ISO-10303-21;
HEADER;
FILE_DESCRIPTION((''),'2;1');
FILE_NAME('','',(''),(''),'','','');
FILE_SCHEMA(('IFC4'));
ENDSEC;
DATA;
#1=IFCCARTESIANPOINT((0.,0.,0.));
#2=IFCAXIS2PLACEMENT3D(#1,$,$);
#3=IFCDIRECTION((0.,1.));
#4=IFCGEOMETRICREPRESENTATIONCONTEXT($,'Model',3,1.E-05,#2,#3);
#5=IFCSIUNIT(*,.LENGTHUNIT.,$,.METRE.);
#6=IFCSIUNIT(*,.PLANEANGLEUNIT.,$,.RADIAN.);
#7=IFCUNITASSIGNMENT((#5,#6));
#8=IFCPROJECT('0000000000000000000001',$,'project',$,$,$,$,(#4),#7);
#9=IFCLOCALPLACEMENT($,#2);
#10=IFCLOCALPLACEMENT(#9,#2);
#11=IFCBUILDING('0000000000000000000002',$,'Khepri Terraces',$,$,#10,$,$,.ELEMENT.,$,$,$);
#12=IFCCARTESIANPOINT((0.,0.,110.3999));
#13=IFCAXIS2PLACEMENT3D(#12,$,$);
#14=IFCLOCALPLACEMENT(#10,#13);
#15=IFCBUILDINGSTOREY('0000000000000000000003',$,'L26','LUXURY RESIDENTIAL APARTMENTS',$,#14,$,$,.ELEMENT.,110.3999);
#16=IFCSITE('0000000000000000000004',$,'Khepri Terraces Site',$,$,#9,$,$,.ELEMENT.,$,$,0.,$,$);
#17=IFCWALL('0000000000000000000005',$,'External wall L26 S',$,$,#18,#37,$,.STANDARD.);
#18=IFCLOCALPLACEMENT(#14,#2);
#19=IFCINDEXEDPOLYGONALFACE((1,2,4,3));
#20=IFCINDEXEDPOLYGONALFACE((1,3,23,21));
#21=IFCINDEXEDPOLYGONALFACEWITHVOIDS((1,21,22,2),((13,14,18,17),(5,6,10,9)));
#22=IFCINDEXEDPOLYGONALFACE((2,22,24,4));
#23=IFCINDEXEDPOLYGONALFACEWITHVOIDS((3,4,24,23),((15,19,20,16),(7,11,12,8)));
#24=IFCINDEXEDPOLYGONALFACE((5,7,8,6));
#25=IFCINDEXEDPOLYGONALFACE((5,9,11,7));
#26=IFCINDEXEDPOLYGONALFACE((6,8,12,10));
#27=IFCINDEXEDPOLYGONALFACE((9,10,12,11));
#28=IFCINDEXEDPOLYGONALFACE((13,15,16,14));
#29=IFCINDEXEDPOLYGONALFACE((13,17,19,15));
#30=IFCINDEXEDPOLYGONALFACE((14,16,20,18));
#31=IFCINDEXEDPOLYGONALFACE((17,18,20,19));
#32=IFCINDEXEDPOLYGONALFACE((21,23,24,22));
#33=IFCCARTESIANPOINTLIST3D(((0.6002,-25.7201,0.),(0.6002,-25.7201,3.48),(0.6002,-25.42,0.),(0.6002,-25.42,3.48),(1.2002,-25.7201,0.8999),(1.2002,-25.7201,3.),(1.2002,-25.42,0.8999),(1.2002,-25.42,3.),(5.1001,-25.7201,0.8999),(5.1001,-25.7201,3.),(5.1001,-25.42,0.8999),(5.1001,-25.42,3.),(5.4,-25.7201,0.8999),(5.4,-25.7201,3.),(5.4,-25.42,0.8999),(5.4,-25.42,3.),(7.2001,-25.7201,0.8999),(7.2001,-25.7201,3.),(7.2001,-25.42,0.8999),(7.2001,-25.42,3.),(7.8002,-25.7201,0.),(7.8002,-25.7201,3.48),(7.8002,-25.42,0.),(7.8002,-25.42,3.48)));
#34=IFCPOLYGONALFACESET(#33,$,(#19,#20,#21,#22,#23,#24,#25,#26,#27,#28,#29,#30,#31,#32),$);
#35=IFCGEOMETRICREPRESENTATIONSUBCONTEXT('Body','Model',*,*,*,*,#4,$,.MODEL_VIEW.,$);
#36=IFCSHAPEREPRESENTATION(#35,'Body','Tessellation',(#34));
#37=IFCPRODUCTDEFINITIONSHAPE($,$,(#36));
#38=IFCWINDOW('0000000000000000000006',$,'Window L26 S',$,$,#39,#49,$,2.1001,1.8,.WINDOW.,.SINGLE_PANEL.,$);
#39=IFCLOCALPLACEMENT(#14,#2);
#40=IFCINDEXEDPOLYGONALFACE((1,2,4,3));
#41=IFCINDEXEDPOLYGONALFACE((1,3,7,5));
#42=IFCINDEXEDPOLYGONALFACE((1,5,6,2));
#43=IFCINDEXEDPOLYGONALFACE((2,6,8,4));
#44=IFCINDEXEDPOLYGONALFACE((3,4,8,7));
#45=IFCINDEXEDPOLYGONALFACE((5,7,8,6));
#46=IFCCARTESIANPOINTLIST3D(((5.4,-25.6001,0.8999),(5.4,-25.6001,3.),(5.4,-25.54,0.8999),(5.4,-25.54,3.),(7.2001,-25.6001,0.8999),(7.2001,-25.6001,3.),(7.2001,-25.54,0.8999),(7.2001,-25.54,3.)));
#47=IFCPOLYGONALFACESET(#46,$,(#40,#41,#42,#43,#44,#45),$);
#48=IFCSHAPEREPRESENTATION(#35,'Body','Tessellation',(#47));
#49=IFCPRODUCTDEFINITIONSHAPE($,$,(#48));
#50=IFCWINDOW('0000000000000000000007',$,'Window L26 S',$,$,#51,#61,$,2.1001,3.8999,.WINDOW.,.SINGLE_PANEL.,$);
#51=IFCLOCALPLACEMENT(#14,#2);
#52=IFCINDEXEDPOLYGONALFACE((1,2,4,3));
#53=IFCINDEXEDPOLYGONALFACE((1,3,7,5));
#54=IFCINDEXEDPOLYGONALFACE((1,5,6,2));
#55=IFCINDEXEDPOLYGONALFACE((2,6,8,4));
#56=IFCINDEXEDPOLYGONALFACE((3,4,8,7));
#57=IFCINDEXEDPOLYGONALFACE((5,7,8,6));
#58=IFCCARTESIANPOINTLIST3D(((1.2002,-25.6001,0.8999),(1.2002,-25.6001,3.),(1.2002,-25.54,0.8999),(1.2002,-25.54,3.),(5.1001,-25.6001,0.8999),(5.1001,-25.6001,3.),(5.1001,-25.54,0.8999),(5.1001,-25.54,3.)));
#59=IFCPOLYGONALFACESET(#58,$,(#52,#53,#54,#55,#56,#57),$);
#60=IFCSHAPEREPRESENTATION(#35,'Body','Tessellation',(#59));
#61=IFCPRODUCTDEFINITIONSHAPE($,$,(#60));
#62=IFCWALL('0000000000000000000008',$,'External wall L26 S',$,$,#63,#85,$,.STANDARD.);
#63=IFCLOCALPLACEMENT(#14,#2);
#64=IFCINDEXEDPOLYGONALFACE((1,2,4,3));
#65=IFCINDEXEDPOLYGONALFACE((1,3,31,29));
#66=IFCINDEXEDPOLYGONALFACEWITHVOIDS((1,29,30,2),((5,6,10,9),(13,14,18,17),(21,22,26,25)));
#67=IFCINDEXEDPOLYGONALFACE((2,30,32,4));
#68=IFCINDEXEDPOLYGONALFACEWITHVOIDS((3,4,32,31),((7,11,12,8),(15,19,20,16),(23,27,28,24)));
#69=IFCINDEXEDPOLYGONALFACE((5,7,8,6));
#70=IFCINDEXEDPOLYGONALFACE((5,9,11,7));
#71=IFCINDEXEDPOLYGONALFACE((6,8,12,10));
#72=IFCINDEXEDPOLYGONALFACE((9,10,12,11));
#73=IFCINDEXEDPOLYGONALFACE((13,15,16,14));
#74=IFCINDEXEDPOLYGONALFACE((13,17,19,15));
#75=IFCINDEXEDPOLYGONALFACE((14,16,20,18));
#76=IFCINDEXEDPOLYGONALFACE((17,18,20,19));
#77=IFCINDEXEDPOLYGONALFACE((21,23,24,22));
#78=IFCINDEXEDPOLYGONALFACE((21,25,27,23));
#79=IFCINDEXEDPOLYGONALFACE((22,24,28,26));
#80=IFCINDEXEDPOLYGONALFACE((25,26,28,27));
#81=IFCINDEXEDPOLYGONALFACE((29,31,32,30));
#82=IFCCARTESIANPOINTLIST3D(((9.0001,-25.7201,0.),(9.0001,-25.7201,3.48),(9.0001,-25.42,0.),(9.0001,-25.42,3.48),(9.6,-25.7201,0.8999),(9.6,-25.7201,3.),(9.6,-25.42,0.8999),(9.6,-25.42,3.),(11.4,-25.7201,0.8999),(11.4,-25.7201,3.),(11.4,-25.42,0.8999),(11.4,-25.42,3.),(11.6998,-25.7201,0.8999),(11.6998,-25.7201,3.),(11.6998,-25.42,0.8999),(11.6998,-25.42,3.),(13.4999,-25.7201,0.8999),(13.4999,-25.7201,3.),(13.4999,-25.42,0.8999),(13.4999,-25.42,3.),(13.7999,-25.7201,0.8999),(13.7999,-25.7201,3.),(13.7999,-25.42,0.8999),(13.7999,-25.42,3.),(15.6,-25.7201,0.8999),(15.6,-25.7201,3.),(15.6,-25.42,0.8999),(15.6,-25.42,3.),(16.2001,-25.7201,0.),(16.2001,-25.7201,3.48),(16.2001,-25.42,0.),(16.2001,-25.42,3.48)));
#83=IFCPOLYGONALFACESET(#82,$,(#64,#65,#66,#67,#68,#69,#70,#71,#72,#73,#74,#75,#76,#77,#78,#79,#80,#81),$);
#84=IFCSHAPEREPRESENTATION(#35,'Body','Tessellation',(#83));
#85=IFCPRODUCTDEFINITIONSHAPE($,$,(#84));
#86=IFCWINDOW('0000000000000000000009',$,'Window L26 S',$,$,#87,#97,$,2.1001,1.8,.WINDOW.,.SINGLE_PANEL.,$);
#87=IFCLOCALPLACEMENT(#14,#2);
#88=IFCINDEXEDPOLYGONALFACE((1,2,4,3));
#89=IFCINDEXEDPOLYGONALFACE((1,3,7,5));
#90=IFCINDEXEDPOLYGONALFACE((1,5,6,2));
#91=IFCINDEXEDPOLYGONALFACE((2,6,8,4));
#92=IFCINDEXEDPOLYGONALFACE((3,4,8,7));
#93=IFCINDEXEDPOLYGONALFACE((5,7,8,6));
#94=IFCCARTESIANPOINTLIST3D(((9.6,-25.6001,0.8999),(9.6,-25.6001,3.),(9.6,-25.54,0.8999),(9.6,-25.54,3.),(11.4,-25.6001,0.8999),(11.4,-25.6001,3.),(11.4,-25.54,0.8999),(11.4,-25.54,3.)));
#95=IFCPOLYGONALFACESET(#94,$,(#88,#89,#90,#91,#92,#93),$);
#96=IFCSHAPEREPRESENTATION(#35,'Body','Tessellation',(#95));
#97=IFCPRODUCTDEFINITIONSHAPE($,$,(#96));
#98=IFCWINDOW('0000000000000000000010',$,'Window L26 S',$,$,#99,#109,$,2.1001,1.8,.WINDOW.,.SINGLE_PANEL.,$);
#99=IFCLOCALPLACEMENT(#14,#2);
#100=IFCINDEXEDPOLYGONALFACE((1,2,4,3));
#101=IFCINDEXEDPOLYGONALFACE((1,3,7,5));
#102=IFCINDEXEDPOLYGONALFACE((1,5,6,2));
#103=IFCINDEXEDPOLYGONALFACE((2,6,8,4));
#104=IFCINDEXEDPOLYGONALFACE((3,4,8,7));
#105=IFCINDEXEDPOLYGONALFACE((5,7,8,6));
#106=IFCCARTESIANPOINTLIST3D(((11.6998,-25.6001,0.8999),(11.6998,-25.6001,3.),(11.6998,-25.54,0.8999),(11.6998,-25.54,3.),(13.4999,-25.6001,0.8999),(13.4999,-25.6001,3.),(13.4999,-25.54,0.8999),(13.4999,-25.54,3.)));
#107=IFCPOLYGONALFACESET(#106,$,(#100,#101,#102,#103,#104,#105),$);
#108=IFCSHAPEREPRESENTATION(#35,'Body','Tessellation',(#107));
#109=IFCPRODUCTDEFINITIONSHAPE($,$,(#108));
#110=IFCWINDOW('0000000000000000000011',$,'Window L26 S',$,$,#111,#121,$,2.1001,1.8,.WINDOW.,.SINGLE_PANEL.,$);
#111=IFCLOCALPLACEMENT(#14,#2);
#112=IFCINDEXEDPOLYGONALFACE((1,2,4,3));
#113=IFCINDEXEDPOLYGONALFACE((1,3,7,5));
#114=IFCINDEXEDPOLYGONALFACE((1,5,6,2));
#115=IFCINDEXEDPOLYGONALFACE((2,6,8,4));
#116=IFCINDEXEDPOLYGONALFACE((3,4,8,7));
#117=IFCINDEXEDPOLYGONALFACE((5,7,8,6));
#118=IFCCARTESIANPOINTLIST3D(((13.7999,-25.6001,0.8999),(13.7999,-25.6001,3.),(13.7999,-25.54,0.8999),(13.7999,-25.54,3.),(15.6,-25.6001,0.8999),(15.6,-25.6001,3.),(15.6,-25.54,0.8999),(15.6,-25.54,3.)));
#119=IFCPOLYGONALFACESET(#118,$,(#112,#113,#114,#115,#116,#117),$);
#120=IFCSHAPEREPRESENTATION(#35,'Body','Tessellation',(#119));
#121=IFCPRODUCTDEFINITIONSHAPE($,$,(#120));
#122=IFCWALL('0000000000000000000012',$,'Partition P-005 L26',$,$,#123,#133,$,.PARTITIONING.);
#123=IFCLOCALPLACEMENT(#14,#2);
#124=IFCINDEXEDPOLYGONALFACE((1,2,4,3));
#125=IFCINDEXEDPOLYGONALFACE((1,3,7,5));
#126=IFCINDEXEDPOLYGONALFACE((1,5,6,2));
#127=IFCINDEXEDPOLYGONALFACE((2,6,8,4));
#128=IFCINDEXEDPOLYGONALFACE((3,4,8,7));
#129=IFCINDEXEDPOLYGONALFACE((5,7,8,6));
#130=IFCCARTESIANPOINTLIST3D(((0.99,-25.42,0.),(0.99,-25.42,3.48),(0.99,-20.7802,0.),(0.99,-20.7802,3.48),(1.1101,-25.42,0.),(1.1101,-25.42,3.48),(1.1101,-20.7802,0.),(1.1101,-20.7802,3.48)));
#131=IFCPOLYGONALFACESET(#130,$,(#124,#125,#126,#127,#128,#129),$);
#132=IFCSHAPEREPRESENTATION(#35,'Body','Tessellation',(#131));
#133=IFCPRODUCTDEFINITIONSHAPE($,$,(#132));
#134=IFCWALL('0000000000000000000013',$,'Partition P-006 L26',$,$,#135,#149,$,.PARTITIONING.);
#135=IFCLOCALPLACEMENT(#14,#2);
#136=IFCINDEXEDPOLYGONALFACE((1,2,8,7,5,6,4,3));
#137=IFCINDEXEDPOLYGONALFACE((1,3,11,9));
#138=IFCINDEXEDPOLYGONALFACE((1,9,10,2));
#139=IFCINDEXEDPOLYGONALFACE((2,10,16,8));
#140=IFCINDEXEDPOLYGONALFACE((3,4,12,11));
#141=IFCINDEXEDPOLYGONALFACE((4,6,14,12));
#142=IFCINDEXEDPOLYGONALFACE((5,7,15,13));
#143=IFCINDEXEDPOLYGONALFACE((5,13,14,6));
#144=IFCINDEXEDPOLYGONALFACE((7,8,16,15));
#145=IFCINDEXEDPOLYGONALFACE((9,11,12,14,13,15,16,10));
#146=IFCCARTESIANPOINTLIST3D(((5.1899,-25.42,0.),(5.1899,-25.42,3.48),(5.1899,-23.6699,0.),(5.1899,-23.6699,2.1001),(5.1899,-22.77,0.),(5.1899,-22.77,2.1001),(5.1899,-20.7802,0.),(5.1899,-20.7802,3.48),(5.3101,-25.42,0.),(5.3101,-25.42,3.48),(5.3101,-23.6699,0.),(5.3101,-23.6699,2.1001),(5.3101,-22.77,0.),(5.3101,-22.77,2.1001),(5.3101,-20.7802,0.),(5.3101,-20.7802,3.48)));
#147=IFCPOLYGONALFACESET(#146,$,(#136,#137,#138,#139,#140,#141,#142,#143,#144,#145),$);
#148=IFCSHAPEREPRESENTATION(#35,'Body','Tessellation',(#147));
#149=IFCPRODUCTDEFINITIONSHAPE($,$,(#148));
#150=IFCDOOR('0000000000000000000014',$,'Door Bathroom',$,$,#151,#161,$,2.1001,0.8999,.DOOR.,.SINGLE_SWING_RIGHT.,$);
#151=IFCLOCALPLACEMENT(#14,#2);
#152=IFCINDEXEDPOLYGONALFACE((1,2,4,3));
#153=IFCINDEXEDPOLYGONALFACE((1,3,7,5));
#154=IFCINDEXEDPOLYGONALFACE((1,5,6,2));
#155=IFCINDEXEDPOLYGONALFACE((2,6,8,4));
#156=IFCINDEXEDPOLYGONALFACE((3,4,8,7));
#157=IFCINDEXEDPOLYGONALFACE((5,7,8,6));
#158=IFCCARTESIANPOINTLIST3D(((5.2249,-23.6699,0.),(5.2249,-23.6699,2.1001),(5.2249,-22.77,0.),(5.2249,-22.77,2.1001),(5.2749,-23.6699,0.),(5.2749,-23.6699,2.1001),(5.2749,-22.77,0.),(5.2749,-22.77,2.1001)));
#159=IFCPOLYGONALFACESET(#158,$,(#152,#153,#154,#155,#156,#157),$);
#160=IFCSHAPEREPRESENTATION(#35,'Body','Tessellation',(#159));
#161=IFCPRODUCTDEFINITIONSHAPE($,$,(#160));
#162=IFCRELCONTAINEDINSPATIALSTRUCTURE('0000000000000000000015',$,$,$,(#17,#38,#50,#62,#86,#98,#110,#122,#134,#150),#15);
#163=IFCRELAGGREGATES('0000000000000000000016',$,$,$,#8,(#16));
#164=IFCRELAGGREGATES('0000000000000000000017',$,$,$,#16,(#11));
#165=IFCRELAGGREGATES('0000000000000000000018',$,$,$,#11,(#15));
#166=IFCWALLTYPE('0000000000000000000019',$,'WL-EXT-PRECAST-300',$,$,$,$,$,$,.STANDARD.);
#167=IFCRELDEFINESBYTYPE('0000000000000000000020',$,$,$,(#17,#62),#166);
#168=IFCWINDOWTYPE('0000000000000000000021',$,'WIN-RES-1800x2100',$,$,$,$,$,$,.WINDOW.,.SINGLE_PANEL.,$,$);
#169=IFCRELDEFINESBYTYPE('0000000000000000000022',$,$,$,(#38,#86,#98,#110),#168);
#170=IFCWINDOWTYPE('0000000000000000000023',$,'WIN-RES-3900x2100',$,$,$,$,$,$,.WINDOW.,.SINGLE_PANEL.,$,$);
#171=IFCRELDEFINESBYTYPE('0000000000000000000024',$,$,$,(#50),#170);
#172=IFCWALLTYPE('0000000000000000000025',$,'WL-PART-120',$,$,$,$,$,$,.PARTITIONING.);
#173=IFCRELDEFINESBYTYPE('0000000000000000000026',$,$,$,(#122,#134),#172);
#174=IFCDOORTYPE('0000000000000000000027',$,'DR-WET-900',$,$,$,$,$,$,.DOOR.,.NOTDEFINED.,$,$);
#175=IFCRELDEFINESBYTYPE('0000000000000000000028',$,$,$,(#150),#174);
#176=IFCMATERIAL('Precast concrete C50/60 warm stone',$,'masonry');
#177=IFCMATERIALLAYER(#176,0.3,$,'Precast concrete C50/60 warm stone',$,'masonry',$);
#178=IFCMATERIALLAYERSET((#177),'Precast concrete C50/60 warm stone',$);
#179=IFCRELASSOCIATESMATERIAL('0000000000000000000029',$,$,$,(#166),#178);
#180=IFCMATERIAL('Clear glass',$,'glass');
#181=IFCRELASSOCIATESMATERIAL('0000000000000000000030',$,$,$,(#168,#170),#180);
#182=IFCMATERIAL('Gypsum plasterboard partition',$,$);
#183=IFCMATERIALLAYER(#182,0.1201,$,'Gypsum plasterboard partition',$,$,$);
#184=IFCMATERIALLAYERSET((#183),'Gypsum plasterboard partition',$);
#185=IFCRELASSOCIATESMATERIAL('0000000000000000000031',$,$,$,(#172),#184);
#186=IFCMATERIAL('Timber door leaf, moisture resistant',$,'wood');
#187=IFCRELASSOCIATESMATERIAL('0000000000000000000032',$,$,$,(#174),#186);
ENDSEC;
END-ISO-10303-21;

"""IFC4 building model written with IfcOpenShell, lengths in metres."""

from ifc_helpers import new_model, si_unit, direction, frame, frame_2d, origin, place, context, subcontext, project, spatial, rectangle, extrude, material, layer, layer_set, type_object, element, fill, save


model = new_model("IFC4")

# Units and contexts
model_context = context("Model", 3, precision=1e-05, world=origin(), true_north=direction((0.0, 1.0)))
body_context = subcontext(model_context, "Body", "Model", "MODEL_VIEW")
ifc_project = project(units=[si_unit("LENGTHUNIT", "METRE"), si_unit("PLANEANGLEUNIT", "RADIAN")], contexts=[model_context])

# Site, building, storey
site_placement = place(None, origin())
site = spatial("IfcSite", under=ifc_project, at=site_placement, Name="Khepri Terraces Site", CompositionType="ELEMENT", RefElevation=0.0)
building_placement = place(site_placement, origin())
building = spatial("IfcBuilding", under=site, at=building_placement, Name="Khepri Terraces", CompositionType="ELEMENT")
storey_placement = place(building_placement, frame((0.0, 0.0, 110.3999)))
storey = spatial("IfcBuildingStorey", under=building, at=storey_placement, Name="L26", Description="LUXURY RESIDENTIAL APARTMENTS", CompositionType="ELEMENT", Elevation=110.3999)

# Walls, openings, windows
ifc_material_1 = material(Name="Precast concrete C50/60 warm stone", Category="masonry")
ifc_layer_1 = layer(ifc_material_1, 0.3, Name="Precast concrete C50/60 warm stone", Category="masonry")
ifc_layer_set_1 = layer_set([ifc_layer_1], Name="Precast concrete C50/60 warm stone")
wall_type_1 = type_object("IfcWallType", Name="WL-EXT-PRECAST-300", PredefinedType="STANDARD", material=ifc_layer_set_1)
wall_1_placement = place(storey_placement, frame((0.6001, -25.5701, 0.0), z_axis=(0.0, 0.0, 1.0), x_axis=(1.0, 0.0, 0.0)))
wall_1 = element("IfcWall", 1, at=wall_1_placement, inside=storey, type_object=wall_type_1, Name="External wall L26 S", PredefinedType="STANDARD", context=body_context, shape_type="SweptSolid", body=[
    extrude(rectangle(XDim=7.2, YDim=0.3, at=frame_2d((3.6001, 0.0))), origin(), (0.0, 0.0, 1.0), 3.48),
])
opening_1_placement = place(wall_1_placement, frame((0.6001, 0.0, 0.8999)))
opening_1 = element("IfcOpeningElement", 2, at=opening_1_placement, cuts=wall_1, PredefinedType="OPENING", context=body_context, shape_type="SweptSolid", body=[
    extrude(rectangle(XDim=3.8999, YDim=2.1001, at=frame_2d((1.95, 1.05))), frame((0.0, 0.1602, 0.0), z_axis=(0.0, -1.0, 0.0), x_axis=(1.0, 0.0, 0.0)), (0.0, 0.0, 1.0), 0.3201),
])
opening_2_placement = place(wall_1_placement, frame((4.8, 0.0, 0.8999)))
opening_2 = element("IfcOpeningElement", 3, at=opening_2_placement, cuts=wall_1, PredefinedType="OPENING", context=body_context, shape_type="SweptSolid", body=[
    extrude(rectangle(XDim=1.8, YDim=2.1001, at=frame_2d((0.8999, 1.05))), frame((0.0, 0.1602, 0.0), z_axis=(0.0, -1.0, 0.0), x_axis=(1.0, 0.0, 0.0)), (0.0, 0.0, 1.0), 0.3201),
])
ifc_material_2 = material(Name="Clear glass", Category="glass")
window_type_1 = type_object("IfcWindowType", Name="WIN-RES-1800x2100", PartitioningType="SINGLE_PANEL", PredefinedType="WINDOW", material=ifc_material_2)
window_1_placement = place(opening_2_placement, origin())
window_1 = element("IfcWindow", 4, at=window_1_placement, inside=storey, type_object=window_type_1, Name="Window L26 S", OverallHeight=2.1001, OverallWidth=1.8, PartitioningType="SINGLE_PANEL", PredefinedType="WINDOW", context=body_context, shape_type="SweptSolid", body=[
    extrude(rectangle(XDim=1.8, YDim=2.1001, at=frame_2d((0.8999, 1.05))), frame((0.0, 0.03, 0.0), z_axis=(0.0, -1.0, 0.0), x_axis=(1.0, 0.0, 0.0)), (0.0, 0.0, 1.0), 0.0601),
])
fill(opening_2, window_1)
window_type_2 = type_object("IfcWindowType", Name="WIN-RES-3900x2100", PartitioningType="SINGLE_PANEL", PredefinedType="WINDOW", material=ifc_material_2)
window_2_placement = place(opening_1_placement, origin())
window_2 = element("IfcWindow", 5, at=window_2_placement, inside=storey, type_object=window_type_2, Name="Window L26 S", OverallHeight=2.1001, OverallWidth=3.8999, PartitioningType="SINGLE_PANEL", PredefinedType="WINDOW", context=body_context, shape_type="SweptSolid", body=[
    extrude(rectangle(XDim=3.8999, YDim=2.1001, at=frame_2d((1.95, 1.05))), frame((0.0, 0.03, 0.0), z_axis=(0.0, -1.0, 0.0), x_axis=(1.0, 0.0, 0.0)), (0.0, 0.0, 1.0), 0.0601),
])
fill(opening_1, window_2)
wall_2_placement = place(storey_placement, frame((9.0, -25.5701, 0.0), z_axis=(0.0, 0.0, 1.0), x_axis=(1.0, 0.0, 0.0)))
wall_2 = element("IfcWall", 6, at=wall_2_placement, inside=storey, type_object=wall_type_1, Name="External wall L26 S", PredefinedType="STANDARD", context=body_context, shape_type="SweptSolid", body=[
    extrude(rectangle(XDim=7.2, YDim=0.3, at=frame_2d((3.6001, 0.0))), origin(), (0.0, 0.0, 1.0), 3.48),
])
opening_3_placement = place(wall_2_placement, frame((0.6001, 0.0, 0.8999)))
opening_3 = element("IfcOpeningElement", 7, at=opening_3_placement, cuts=wall_2, PredefinedType="OPENING", context=body_context, shape_type="SweptSolid", body=[
    extrude(rectangle(XDim=1.8, YDim=2.1001, at=frame_2d((0.8999, 1.05))), frame((0.0, 0.1602, 0.0), z_axis=(0.0, -1.0, 0.0), x_axis=(1.0, 0.0, 0.0)), (0.0, 0.0, 1.0), 0.3201),
])
opening_4_placement = place(wall_2_placement, frame((2.7, 0.0, 0.8999)))
opening_4 = element("IfcOpeningElement", 8, at=opening_4_placement, cuts=wall_2, PredefinedType="OPENING", context=body_context, shape_type="SweptSolid", body=[
    extrude(rectangle(XDim=1.8, YDim=2.1001, at=frame_2d((0.8999, 1.05))), frame((0.0, 0.1602, 0.0), z_axis=(0.0, -1.0, 0.0), x_axis=(1.0, 0.0, 0.0)), (0.0, 0.0, 1.0), 0.3201),
])
opening_5_placement = place(wall_2_placement, frame((4.8, 0.0, 0.8999)))
opening_5 = element("IfcOpeningElement", 9, at=opening_5_placement, cuts=wall_2, PredefinedType="OPENING", context=body_context, shape_type="SweptSolid", body=[
    extrude(rectangle(XDim=1.8, YDim=2.1001, at=frame_2d((0.8999, 1.05))), frame((0.0, 0.1602, 0.0), z_axis=(0.0, -1.0, 0.0), x_axis=(1.0, 0.0, 0.0)), (0.0, 0.0, 1.0), 0.3201),
])
window_3_placement = place(opening_3_placement, origin())
window_3 = element("IfcWindow", 10, at=window_3_placement, inside=storey, type_object=window_type_1, Name="Window L26 S", OverallHeight=2.1001, OverallWidth=1.8, PartitioningType="SINGLE_PANEL", PredefinedType="WINDOW", context=body_context, shape_type="SweptSolid", body=[
    extrude(rectangle(XDim=1.8, YDim=2.1001, at=frame_2d((0.8999, 1.05))), frame((0.0, 0.03, 0.0), z_axis=(0.0, -1.0, 0.0), x_axis=(1.0, 0.0, 0.0)), (0.0, 0.0, 1.0), 0.0601),
])
fill(opening_3, window_3)
window_4_placement = place(opening_4_placement, origin())
window_4 = element("IfcWindow", 11, at=window_4_placement, inside=storey, type_object=window_type_1, Name="Window L26 S", OverallHeight=2.1001, OverallWidth=1.8, PartitioningType="SINGLE_PANEL", PredefinedType="WINDOW", context=body_context, shape_type="SweptSolid", body=[
    extrude(rectangle(XDim=1.8, YDim=2.1001, at=frame_2d((0.8999, 1.05))), frame((0.0, 0.03, 0.0), z_axis=(0.0, -1.0, 0.0), x_axis=(1.0, 0.0, 0.0)), (0.0, 0.0, 1.0), 0.0601),
])
fill(opening_4, window_4)
window_5_placement = place(opening_5_placement, origin())
window_5 = element("IfcWindow", 12, at=window_5_placement, inside=storey, type_object=window_type_1, Name="Window L26 S", OverallHeight=2.1001, OverallWidth=1.8, PartitioningType="SINGLE_PANEL", PredefinedType="WINDOW", context=body_context, shape_type="SweptSolid", body=[
    extrude(rectangle(XDim=1.8, YDim=2.1001, at=frame_2d((0.8999, 1.05))), frame((0.0, 0.03, 0.0), z_axis=(0.0, -1.0, 0.0), x_axis=(1.0, 0.0, 0.0)), (0.0, 0.0, 1.0), 0.0601),
])
fill(opening_5, window_5)

# Wall
ifc_material_3 = material(Name="Gypsum plasterboard partition")
ifc_layer_2 = layer(ifc_material_3, 0.1201, Name="Gypsum plasterboard partition")
ifc_layer_set_2 = layer_set([ifc_layer_2], Name="Gypsum plasterboard partition")
wall_type_2 = type_object("IfcWallType", Name="WL-PART-120", PredefinedType="PARTITIONING", material=ifc_layer_set_2)
wall_3_placement = place(storey_placement, frame((1.05, -25.4199, 0.0), z_axis=(0.0, 0.0, 1.0), x_axis=(0.0, 1.0, 0.0)))
element("IfcWall", 13, at=wall_3_placement, inside=storey, type_object=wall_type_2, Name="Partition P-005 L26", PredefinedType="PARTITIONING", context=body_context, shape_type="SweptSolid", body=[
    extrude(rectangle(XDim=4.6399, YDim=0.1201, at=frame_2d((2.3198, 0.0))), origin(), (0.0, 0.0, 1.0), 3.48),
])

# Wall, opening, door
wall_4_placement = place(storey_placement, frame((5.25, -25.4199, 0.0), z_axis=(0.0, 0.0, 1.0), x_axis=(0.0, 1.0, 0.0)))
wall_4 = element("IfcWall", 14, at=wall_4_placement, inside=storey, type_object=wall_type_2, Name="Partition P-006 L26", PredefinedType="PARTITIONING", context=body_context, shape_type="SweptSolid", body=[
    extrude(rectangle(XDim=4.6399, YDim=0.1201, at=frame_2d((2.3198, 0.0))), origin(), (0.0, 0.0, 1.0), 3.48),
])
opening_6_placement = place(wall_4_placement, frame((1.75, 0.0, 0.0)))
opening_6 = element("IfcOpeningElement", 15, at=opening_6_placement, cuts=wall_4, PredefinedType="OPENING", context=body_context, shape_type="SweptSolid", body=[
    extrude(rectangle(XDim=0.8999, YDim=2.1001, at=frame_2d((0.45, 1.05))), frame((0.0, 0.0701, 0.0), z_axis=(0.0, -1.0, 0.0), x_axis=(1.0, 0.0, 0.0)), (0.0, 0.0, 1.0), 0.1401),
])
ifc_material_4 = material(Name="Timber door leaf, moisture resistant", Category="wood")
door_type_1 = type_object("IfcDoorType", Name="DR-WET-900", OperationType="NOTDEFINED", PredefinedType="DOOR", material=ifc_material_4)
door_1_placement = place(opening_6_placement, frame((0.8999, 0.0, 0.0), z_axis=(0.0, 0.0, 1.0), x_axis=(-1.0, 0.0, 0.0)))
door_1 = element("IfcDoor", 16, at=door_1_placement, inside=storey, type_object=door_type_1, Name="Door Bathroom", OperationType="SINGLE_SWING_RIGHT", OverallHeight=2.1001, OverallWidth=0.8999, PredefinedType="DOOR", context=body_context, shape_type="SweptSolid", body=[
    extrude(rectangle(XDim=0.8999, YDim=2.1001, at=frame_2d((0.45, 1.05))), frame((0.0, 0.0249, 0.0), z_axis=(0.0, -1.0, 0.0), x_axis=(1.0, 0.0, 0.0)), (0.0, 0.0, 1.0), 0.05),
])
fill(opening_6, door_1)

save(model, "model.ifc")
